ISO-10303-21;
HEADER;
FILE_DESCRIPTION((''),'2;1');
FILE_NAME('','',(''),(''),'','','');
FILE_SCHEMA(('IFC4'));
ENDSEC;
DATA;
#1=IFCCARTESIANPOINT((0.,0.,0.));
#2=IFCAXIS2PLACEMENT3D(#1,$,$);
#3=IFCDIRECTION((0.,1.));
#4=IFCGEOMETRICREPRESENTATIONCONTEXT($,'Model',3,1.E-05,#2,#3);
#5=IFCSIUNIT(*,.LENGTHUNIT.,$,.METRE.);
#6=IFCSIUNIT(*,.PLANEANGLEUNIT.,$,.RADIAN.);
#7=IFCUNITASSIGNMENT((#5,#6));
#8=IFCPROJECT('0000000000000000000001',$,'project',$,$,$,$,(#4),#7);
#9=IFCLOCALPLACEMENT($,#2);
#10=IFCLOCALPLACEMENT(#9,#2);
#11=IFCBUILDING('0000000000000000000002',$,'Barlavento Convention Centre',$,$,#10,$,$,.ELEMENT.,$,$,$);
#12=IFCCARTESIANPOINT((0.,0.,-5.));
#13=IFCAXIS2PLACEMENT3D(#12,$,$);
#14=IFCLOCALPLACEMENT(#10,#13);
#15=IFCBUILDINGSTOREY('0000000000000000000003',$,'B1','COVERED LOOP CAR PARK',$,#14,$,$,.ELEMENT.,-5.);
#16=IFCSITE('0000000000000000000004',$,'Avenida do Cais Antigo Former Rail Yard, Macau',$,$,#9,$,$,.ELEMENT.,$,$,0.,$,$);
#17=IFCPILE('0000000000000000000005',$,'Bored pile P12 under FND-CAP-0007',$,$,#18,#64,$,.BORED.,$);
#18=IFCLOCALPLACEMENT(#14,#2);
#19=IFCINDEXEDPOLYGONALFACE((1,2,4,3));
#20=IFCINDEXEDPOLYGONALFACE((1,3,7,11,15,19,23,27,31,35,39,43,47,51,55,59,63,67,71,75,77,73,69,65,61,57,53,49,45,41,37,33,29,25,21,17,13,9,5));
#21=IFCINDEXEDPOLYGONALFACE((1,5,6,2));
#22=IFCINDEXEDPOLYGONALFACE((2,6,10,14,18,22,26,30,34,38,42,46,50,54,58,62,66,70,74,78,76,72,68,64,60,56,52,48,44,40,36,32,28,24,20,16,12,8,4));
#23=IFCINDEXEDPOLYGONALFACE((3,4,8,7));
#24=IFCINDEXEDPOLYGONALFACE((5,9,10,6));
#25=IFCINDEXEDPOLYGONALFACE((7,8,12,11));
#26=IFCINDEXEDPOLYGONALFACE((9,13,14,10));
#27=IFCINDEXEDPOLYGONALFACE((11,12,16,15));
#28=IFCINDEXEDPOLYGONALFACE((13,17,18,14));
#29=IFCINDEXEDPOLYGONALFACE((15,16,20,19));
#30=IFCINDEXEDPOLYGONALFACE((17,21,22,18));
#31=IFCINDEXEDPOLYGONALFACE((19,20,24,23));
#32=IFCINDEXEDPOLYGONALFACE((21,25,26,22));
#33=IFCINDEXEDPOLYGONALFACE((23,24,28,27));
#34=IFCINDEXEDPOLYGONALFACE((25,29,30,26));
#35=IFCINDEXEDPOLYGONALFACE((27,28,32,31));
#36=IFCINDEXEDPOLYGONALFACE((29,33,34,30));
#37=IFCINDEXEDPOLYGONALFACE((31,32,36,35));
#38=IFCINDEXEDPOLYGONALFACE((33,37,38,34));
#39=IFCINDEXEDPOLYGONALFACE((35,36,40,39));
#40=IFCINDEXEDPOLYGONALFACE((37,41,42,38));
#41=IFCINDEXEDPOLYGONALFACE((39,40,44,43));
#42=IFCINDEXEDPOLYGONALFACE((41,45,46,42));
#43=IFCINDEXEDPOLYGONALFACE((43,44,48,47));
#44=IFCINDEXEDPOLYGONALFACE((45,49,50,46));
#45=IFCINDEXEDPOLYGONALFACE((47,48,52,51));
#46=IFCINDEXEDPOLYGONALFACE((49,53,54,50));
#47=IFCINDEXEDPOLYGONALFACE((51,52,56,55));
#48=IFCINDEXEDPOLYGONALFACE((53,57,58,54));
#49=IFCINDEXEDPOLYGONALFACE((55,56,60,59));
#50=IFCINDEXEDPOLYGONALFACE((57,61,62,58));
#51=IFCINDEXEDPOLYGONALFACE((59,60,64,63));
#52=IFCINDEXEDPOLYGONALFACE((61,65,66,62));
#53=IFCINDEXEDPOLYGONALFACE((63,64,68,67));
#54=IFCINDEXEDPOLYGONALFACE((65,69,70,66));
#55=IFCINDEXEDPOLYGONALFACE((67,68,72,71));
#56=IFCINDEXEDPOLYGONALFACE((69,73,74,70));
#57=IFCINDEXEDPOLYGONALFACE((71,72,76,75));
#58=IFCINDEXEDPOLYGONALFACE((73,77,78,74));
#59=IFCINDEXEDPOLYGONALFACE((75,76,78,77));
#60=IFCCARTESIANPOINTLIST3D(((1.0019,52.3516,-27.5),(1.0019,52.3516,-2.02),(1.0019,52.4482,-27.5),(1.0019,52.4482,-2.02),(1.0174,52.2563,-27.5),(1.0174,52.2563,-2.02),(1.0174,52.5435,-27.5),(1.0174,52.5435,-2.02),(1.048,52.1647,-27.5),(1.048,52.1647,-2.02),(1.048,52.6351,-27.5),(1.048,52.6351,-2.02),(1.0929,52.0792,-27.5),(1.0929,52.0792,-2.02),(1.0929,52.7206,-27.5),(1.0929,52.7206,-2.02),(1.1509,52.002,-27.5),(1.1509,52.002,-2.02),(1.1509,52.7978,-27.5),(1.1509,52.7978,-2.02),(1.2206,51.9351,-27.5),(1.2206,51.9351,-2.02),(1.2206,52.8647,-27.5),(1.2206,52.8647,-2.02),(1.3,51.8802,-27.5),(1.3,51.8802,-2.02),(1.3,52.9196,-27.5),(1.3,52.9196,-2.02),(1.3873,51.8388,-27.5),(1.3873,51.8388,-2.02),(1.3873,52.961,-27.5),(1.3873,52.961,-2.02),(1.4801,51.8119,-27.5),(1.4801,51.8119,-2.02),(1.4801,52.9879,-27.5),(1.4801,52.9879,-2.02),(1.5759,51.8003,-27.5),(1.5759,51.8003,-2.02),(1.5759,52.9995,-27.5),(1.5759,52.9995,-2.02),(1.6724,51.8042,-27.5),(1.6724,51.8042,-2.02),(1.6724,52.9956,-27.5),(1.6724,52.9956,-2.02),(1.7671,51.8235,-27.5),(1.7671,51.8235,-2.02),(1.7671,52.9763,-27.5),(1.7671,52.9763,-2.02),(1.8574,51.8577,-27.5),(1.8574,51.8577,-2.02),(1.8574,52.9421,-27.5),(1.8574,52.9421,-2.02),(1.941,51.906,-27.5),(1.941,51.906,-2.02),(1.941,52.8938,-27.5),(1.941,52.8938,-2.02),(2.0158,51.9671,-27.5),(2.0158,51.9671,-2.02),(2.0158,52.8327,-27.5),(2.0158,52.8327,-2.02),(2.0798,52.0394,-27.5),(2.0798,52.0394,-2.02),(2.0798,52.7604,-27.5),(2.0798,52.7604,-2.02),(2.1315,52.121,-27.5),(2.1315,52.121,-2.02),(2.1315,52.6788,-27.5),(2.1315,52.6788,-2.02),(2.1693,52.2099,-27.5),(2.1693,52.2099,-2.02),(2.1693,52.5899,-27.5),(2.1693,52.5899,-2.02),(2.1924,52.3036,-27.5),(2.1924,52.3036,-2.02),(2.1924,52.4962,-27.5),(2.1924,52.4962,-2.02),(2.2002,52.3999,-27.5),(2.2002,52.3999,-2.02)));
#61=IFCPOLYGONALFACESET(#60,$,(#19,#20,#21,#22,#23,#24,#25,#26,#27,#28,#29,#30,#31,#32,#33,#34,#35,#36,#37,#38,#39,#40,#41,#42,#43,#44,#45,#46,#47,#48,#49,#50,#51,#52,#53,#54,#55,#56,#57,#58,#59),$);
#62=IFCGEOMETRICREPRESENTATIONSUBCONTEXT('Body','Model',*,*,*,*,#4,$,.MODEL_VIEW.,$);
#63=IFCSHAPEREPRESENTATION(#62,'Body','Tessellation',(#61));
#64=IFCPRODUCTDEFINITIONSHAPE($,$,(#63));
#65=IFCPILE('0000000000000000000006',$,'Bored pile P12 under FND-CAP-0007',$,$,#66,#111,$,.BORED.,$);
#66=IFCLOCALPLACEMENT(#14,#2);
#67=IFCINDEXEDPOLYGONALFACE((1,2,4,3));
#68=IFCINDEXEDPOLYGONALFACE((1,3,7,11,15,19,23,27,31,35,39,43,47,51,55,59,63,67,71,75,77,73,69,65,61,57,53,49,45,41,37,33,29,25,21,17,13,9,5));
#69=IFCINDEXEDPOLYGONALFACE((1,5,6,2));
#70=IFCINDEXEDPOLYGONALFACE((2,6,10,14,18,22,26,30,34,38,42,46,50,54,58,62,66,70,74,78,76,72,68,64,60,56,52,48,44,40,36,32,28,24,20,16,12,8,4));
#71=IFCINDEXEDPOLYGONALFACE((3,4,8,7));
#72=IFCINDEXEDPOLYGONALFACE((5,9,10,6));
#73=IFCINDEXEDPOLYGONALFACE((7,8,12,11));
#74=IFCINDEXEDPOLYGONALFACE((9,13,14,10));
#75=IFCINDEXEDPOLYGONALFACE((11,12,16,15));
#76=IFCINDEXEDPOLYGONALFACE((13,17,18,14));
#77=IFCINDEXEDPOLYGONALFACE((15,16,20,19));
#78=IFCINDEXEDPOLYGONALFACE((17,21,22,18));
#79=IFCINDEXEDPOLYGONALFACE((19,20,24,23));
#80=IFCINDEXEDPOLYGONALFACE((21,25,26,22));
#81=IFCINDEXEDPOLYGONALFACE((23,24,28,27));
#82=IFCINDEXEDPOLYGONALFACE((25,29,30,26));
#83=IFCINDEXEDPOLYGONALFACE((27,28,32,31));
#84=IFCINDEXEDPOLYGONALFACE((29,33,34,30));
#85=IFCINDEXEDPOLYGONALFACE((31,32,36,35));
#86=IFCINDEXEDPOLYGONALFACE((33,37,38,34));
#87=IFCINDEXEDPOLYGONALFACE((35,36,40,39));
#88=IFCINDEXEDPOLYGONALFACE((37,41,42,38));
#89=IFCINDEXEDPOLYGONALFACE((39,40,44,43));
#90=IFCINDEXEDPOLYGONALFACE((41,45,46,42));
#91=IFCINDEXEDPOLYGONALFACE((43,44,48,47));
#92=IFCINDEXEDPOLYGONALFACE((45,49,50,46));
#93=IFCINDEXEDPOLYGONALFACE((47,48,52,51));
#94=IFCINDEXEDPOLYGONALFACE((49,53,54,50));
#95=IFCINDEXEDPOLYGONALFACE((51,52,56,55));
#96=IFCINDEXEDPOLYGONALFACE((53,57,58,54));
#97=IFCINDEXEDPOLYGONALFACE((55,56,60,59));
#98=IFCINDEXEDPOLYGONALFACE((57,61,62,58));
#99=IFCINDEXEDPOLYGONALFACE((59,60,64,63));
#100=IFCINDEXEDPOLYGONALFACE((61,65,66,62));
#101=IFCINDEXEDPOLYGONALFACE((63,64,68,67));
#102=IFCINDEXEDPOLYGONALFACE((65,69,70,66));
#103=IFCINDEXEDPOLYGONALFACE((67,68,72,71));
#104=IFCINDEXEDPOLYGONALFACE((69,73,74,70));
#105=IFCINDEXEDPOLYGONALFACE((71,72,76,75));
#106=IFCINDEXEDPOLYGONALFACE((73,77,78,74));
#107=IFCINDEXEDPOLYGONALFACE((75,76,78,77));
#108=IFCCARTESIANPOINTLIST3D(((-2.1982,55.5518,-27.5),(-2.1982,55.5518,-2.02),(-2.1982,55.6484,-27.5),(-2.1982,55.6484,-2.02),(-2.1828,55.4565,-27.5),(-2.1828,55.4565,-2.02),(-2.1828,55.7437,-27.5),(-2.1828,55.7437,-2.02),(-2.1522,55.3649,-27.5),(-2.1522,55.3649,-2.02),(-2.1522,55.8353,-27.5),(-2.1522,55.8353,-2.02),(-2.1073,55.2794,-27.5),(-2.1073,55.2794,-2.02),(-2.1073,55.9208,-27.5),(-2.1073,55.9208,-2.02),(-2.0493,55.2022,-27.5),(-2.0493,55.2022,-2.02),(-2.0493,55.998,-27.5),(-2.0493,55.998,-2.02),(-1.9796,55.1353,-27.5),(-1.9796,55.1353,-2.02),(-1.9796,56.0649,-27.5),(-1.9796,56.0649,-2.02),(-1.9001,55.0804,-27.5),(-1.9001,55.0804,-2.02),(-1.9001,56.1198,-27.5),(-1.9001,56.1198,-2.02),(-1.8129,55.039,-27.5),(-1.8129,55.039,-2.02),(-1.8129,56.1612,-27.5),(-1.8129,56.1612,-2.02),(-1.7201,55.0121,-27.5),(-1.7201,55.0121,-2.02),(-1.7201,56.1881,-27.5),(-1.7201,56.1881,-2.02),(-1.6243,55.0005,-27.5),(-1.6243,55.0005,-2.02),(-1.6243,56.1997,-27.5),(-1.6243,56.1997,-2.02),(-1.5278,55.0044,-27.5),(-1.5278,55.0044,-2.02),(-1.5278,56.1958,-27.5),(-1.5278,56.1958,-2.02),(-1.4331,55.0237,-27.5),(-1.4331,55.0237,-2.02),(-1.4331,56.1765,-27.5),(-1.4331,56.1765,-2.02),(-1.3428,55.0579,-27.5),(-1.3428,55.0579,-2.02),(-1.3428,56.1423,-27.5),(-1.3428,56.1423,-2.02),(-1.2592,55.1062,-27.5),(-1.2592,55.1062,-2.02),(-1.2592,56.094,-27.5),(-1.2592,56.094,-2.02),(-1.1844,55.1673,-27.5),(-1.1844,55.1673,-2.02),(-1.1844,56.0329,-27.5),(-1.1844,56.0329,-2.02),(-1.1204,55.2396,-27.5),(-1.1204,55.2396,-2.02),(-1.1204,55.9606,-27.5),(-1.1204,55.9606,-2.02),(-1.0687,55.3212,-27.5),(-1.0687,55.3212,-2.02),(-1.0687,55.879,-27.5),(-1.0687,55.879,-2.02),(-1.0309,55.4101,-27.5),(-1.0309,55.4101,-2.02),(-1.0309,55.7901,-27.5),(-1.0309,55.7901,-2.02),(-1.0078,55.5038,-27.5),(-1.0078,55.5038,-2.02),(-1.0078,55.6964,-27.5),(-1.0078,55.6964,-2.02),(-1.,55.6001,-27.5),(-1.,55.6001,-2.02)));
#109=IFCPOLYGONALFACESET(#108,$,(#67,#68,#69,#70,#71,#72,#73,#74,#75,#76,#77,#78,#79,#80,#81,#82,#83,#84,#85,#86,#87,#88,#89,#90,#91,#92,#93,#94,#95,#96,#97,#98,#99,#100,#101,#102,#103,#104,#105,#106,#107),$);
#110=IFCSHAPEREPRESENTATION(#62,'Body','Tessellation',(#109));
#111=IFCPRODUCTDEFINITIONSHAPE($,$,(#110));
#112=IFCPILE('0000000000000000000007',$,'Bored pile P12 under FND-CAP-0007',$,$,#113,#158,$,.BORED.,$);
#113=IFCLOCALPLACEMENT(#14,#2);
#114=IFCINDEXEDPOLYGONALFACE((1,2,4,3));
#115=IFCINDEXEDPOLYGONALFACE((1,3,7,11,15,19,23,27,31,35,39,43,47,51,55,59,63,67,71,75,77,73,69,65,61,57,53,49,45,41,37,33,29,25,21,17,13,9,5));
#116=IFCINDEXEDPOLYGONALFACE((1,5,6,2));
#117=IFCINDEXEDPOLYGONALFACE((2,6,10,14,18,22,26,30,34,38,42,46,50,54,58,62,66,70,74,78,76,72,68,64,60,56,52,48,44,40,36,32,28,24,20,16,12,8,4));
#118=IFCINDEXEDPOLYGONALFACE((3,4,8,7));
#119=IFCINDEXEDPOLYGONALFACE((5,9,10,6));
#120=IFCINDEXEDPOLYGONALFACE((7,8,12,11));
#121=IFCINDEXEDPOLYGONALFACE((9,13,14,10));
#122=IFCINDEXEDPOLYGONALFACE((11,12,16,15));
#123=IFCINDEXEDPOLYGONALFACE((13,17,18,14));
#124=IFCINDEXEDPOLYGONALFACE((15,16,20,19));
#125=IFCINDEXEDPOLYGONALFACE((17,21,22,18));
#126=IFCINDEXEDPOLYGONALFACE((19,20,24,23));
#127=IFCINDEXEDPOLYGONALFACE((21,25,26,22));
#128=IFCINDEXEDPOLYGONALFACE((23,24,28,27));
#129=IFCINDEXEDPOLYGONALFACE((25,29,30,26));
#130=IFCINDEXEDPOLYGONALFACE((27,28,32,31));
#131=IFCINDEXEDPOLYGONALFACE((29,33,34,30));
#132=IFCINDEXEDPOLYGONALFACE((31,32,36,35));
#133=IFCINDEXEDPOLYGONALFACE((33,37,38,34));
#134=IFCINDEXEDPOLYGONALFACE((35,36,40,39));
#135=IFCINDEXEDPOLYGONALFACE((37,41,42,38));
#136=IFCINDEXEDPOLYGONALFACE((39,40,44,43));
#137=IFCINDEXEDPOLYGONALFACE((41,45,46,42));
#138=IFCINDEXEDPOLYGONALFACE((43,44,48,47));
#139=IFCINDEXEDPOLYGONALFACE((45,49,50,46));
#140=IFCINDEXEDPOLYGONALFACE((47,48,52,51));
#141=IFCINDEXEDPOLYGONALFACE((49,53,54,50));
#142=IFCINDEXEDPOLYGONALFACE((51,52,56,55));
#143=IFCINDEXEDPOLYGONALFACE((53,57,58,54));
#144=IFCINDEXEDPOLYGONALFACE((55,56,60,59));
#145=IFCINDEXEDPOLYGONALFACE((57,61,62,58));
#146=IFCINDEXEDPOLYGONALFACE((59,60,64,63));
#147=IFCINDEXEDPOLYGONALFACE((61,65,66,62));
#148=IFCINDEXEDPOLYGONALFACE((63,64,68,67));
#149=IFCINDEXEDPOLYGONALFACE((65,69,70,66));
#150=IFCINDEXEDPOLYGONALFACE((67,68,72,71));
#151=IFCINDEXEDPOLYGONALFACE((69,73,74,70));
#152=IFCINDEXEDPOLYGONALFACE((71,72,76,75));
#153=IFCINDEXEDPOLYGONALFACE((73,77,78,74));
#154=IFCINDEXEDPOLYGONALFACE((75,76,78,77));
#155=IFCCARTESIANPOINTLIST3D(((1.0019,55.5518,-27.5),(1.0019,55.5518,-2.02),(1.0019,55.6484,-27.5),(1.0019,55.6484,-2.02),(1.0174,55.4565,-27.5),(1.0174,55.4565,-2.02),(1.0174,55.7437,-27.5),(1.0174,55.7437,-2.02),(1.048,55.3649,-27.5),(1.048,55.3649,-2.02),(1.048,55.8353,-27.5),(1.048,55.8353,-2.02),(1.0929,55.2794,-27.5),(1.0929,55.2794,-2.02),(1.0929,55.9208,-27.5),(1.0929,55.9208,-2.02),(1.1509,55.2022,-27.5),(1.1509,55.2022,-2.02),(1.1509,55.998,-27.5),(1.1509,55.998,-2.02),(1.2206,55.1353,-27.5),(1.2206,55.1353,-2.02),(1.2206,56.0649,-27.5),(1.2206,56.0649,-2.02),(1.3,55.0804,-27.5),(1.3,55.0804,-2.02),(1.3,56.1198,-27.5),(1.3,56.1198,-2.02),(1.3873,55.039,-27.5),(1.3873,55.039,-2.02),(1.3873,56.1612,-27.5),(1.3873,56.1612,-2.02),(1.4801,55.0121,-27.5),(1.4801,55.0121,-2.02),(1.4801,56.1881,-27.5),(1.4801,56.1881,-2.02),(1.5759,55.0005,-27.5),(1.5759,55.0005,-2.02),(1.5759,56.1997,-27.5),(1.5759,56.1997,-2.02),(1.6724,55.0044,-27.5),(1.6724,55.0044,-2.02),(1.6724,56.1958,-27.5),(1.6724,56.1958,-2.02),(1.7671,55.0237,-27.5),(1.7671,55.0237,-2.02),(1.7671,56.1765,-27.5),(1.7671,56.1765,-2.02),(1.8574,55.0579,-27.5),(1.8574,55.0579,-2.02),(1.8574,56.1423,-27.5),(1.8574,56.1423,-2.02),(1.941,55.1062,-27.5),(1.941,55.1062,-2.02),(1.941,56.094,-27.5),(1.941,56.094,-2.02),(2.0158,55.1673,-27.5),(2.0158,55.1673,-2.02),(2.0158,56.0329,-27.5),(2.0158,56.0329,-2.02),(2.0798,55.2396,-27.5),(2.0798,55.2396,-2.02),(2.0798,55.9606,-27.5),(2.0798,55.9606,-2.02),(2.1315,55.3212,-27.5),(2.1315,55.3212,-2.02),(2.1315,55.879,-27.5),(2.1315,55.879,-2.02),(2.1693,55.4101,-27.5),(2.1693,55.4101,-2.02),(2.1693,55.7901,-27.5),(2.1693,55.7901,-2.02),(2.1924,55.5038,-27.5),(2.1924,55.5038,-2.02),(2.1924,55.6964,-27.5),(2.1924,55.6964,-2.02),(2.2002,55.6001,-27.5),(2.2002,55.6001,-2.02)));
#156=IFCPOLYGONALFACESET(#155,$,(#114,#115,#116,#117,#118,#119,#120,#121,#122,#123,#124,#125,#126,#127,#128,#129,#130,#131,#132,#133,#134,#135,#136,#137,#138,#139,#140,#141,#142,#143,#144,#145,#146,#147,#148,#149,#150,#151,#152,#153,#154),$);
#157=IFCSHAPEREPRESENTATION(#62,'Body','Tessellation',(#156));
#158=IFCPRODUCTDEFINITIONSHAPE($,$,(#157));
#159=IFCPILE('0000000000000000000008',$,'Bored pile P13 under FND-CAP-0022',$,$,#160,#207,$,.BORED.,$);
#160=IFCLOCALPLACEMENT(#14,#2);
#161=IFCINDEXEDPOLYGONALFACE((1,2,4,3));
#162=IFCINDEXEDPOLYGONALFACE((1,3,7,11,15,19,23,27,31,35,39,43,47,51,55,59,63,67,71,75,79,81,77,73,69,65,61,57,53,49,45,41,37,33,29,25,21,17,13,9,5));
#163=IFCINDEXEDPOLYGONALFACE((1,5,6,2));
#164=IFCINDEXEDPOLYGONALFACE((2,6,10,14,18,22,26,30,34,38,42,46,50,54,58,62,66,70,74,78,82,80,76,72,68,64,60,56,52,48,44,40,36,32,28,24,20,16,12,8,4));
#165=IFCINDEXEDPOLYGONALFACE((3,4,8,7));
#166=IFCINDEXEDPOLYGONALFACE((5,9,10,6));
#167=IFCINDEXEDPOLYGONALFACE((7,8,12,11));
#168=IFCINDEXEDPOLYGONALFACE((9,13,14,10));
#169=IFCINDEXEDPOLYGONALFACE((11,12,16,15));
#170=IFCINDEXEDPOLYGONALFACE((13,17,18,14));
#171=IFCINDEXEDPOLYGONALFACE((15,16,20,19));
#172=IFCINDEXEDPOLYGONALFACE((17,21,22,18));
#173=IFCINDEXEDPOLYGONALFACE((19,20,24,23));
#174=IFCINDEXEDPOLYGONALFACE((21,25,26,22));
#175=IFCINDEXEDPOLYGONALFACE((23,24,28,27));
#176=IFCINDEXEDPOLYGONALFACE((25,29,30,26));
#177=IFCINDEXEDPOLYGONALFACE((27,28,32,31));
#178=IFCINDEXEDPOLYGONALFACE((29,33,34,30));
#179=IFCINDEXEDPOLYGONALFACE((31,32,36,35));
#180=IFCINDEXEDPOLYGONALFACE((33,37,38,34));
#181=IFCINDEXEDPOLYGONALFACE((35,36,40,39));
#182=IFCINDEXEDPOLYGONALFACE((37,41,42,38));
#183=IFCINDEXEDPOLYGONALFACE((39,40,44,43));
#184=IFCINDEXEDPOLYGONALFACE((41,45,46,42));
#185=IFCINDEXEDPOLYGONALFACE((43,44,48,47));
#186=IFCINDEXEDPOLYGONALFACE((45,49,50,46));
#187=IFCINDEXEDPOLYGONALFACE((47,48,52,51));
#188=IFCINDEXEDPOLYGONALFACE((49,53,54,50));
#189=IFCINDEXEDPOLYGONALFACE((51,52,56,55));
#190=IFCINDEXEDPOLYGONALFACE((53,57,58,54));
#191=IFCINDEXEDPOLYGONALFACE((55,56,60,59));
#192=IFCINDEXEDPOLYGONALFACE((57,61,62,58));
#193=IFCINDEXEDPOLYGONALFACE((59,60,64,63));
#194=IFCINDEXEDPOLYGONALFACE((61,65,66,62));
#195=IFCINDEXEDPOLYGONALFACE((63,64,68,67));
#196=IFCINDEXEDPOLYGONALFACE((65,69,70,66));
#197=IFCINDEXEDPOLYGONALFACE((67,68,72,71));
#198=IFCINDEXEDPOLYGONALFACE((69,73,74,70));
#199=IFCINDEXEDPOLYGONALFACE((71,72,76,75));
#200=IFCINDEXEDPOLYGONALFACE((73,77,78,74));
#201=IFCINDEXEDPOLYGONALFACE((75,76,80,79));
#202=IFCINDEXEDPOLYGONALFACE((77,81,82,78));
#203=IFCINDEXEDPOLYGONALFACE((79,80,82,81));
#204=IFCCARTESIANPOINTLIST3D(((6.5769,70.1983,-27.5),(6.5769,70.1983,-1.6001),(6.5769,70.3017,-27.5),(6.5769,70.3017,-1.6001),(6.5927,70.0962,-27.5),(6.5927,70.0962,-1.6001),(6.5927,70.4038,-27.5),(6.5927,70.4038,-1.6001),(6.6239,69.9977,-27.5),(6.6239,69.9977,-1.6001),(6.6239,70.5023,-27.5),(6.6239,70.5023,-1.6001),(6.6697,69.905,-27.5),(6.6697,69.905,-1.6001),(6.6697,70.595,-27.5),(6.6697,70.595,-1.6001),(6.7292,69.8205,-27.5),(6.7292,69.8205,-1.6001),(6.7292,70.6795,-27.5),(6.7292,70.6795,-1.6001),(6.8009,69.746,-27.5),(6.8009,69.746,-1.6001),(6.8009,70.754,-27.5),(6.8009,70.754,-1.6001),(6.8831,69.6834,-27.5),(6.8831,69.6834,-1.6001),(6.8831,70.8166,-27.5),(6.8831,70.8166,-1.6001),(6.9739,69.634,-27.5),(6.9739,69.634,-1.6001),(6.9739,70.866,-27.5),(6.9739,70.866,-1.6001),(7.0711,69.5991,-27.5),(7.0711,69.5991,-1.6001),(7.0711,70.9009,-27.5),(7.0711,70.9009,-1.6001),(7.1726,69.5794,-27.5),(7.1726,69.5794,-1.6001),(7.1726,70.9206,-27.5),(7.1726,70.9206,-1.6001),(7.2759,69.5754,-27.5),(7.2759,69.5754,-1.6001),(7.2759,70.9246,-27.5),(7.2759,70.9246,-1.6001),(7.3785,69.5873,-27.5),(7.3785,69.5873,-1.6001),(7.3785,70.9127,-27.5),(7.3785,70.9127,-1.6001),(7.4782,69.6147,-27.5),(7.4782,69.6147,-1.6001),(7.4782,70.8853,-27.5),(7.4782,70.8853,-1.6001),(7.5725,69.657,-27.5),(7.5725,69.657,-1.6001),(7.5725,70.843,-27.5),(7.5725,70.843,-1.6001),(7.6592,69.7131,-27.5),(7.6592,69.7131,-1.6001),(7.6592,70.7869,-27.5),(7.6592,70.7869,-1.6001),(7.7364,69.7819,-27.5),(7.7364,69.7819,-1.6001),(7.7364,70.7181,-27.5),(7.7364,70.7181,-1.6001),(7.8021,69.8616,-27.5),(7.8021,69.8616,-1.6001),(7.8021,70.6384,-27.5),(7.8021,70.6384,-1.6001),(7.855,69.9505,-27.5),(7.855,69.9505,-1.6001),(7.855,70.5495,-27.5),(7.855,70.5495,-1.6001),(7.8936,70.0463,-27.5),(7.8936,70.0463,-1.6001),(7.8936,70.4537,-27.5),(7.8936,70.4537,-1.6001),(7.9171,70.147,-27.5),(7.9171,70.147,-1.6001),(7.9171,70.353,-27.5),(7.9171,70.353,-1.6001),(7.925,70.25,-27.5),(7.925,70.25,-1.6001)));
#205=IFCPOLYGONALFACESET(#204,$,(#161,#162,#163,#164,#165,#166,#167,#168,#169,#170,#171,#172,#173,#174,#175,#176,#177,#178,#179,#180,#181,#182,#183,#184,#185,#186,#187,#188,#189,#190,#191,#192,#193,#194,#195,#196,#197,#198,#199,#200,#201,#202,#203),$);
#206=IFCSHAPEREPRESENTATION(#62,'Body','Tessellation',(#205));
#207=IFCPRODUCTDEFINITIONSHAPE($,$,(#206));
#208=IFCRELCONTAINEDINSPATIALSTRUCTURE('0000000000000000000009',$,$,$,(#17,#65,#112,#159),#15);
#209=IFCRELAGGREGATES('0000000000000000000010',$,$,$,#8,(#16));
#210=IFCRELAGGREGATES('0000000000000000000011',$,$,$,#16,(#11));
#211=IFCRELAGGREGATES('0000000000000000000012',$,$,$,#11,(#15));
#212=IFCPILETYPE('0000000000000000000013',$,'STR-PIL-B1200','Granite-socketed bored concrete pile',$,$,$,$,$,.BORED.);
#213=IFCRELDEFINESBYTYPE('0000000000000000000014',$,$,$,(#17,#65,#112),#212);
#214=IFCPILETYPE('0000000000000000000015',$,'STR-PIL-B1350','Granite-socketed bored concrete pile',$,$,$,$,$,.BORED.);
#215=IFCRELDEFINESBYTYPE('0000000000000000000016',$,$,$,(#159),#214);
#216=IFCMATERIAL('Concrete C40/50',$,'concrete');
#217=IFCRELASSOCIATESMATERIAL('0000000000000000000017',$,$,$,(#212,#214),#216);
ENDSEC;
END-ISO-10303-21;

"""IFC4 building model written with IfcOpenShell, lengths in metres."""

from ifc_helpers import new_model, si_unit, direction, frame, origin, origin_2d, place, context, subcontext, project, spatial, circle, extrude, material, material_profile, profile_set, type_object, element, save


model = new_model("IFC4")

# Units and contexts
model_context = context("Model", 3, precision=1e-05, world=origin(), true_north=direction((0.0, 1.0)))
body_context = subcontext(model_context, "Body", "Model", "MODEL_VIEW")
ifc_project = project(units=[si_unit("LENGTHUNIT", "METRE"), si_unit("PLANEANGLEUNIT", "RADIAN")], contexts=[model_context])

# Site, building, storey
site_placement = place(None, origin())
site = spatial("IfcSite", under=ifc_project, at=site_placement, Name="Avenida do Cais Antigo Former Rail Yard, Macau", CompositionType="ELEMENT", RefElevation=0.0)
building_placement = place(site_placement, origin())
building = spatial("IfcBuilding", under=site, at=building_placement, Name="Barlavento Convention Centre", CompositionType="ELEMENT")
storey_placement = place(building_placement, frame((0.0, 0.0, -5.0)))
storey = spatial("IfcBuildingStorey", under=building, at=storey_placement, Name="B1", Description="COVERED LOOP CAR PARK", CompositionType="ELEMENT", Elevation=-5.0)

# Shared definitions
ifc_material_1 = material(Name="Concrete C40/50", Category="concrete")

# Piles
ifc_material_profile_1 = material_profile(ifc_material_1, circle(Radius=0.6001, at=origin_2d()), Name="BORED PILE 1200")
ifc_profile_set_1 = profile_set([ifc_material_profile_1], Name="Concrete C40/50")
pile_type_1 = type_object("IfcPileType", Name="STR-PIL-B1200", Description="Granite-socketed bored concrete pile", PredefinedType="BORED", material=ifc_profile_set_1)
for number, where, z_axis, x_axis, name in (
    (1, (1.6001, 52.3999, -2.02), (0.0, 0.0, -1.0), (1.0, 0.0, 0.0), "Bored pile P12 under FND-CAP-0007"),
    (2, (-1.6001, 55.6001, -2.02), (0.0, 0.0, -1.0), (1.0, 0.0, 0.0), "Bored pile P12 under FND-CAP-0007"),
    (3, (1.6001, 55.6001, -2.02), (0.0, 0.0, -1.0), (1.0, 0.0, 0.0), "Bored pile P12 under FND-CAP-0007"),
):
    element("IfcPile", number, at=place(storey_placement, frame(where, z_axis=z_axis, x_axis=x_axis)), inside=storey, type_object=pile_type_1, Name=name, PredefinedType="BORED", context=body_context, shape_type="SweptSolid", body=[
        extrude(circle(Radius=0.6001, at=origin_2d()), origin(), (0.0, 0.0, 1.0), 25.48),
    ])
ifc_material_profile_2 = material_profile(ifc_material_1, circle(Radius=0.675, at=origin_2d()), Name="BORED PILE 1350")
ifc_profile_set_2 = profile_set([ifc_material_profile_2], Name="Concrete C40/50")
pile_type_2 = type_object("IfcPileType", Name="STR-PIL-B1350", Description="Granite-socketed bored concrete pile", PredefinedType="BORED", material=ifc_profile_set_2)
for number, where, z_axis, x_axis, name in (
    (4, (7.25, 70.25, -1.6001), (0.0, 0.0, -1.0), (1.0, 0.0, 0.0), "Bored pile P13 under FND-CAP-0022"),
):
    element("IfcPile", number, at=place(storey_placement, frame(where, z_axis=z_axis, x_axis=x_axis)), inside=storey, type_object=pile_type_2, Name=name, PredefinedType="BORED", context=body_context, shape_type="SweptSolid", body=[
        extrude(circle(Radius=0.675, at=origin_2d()), origin(), (0.0, 0.0, 1.0), 25.8999),
    ])

save(model, "model.ifc")
